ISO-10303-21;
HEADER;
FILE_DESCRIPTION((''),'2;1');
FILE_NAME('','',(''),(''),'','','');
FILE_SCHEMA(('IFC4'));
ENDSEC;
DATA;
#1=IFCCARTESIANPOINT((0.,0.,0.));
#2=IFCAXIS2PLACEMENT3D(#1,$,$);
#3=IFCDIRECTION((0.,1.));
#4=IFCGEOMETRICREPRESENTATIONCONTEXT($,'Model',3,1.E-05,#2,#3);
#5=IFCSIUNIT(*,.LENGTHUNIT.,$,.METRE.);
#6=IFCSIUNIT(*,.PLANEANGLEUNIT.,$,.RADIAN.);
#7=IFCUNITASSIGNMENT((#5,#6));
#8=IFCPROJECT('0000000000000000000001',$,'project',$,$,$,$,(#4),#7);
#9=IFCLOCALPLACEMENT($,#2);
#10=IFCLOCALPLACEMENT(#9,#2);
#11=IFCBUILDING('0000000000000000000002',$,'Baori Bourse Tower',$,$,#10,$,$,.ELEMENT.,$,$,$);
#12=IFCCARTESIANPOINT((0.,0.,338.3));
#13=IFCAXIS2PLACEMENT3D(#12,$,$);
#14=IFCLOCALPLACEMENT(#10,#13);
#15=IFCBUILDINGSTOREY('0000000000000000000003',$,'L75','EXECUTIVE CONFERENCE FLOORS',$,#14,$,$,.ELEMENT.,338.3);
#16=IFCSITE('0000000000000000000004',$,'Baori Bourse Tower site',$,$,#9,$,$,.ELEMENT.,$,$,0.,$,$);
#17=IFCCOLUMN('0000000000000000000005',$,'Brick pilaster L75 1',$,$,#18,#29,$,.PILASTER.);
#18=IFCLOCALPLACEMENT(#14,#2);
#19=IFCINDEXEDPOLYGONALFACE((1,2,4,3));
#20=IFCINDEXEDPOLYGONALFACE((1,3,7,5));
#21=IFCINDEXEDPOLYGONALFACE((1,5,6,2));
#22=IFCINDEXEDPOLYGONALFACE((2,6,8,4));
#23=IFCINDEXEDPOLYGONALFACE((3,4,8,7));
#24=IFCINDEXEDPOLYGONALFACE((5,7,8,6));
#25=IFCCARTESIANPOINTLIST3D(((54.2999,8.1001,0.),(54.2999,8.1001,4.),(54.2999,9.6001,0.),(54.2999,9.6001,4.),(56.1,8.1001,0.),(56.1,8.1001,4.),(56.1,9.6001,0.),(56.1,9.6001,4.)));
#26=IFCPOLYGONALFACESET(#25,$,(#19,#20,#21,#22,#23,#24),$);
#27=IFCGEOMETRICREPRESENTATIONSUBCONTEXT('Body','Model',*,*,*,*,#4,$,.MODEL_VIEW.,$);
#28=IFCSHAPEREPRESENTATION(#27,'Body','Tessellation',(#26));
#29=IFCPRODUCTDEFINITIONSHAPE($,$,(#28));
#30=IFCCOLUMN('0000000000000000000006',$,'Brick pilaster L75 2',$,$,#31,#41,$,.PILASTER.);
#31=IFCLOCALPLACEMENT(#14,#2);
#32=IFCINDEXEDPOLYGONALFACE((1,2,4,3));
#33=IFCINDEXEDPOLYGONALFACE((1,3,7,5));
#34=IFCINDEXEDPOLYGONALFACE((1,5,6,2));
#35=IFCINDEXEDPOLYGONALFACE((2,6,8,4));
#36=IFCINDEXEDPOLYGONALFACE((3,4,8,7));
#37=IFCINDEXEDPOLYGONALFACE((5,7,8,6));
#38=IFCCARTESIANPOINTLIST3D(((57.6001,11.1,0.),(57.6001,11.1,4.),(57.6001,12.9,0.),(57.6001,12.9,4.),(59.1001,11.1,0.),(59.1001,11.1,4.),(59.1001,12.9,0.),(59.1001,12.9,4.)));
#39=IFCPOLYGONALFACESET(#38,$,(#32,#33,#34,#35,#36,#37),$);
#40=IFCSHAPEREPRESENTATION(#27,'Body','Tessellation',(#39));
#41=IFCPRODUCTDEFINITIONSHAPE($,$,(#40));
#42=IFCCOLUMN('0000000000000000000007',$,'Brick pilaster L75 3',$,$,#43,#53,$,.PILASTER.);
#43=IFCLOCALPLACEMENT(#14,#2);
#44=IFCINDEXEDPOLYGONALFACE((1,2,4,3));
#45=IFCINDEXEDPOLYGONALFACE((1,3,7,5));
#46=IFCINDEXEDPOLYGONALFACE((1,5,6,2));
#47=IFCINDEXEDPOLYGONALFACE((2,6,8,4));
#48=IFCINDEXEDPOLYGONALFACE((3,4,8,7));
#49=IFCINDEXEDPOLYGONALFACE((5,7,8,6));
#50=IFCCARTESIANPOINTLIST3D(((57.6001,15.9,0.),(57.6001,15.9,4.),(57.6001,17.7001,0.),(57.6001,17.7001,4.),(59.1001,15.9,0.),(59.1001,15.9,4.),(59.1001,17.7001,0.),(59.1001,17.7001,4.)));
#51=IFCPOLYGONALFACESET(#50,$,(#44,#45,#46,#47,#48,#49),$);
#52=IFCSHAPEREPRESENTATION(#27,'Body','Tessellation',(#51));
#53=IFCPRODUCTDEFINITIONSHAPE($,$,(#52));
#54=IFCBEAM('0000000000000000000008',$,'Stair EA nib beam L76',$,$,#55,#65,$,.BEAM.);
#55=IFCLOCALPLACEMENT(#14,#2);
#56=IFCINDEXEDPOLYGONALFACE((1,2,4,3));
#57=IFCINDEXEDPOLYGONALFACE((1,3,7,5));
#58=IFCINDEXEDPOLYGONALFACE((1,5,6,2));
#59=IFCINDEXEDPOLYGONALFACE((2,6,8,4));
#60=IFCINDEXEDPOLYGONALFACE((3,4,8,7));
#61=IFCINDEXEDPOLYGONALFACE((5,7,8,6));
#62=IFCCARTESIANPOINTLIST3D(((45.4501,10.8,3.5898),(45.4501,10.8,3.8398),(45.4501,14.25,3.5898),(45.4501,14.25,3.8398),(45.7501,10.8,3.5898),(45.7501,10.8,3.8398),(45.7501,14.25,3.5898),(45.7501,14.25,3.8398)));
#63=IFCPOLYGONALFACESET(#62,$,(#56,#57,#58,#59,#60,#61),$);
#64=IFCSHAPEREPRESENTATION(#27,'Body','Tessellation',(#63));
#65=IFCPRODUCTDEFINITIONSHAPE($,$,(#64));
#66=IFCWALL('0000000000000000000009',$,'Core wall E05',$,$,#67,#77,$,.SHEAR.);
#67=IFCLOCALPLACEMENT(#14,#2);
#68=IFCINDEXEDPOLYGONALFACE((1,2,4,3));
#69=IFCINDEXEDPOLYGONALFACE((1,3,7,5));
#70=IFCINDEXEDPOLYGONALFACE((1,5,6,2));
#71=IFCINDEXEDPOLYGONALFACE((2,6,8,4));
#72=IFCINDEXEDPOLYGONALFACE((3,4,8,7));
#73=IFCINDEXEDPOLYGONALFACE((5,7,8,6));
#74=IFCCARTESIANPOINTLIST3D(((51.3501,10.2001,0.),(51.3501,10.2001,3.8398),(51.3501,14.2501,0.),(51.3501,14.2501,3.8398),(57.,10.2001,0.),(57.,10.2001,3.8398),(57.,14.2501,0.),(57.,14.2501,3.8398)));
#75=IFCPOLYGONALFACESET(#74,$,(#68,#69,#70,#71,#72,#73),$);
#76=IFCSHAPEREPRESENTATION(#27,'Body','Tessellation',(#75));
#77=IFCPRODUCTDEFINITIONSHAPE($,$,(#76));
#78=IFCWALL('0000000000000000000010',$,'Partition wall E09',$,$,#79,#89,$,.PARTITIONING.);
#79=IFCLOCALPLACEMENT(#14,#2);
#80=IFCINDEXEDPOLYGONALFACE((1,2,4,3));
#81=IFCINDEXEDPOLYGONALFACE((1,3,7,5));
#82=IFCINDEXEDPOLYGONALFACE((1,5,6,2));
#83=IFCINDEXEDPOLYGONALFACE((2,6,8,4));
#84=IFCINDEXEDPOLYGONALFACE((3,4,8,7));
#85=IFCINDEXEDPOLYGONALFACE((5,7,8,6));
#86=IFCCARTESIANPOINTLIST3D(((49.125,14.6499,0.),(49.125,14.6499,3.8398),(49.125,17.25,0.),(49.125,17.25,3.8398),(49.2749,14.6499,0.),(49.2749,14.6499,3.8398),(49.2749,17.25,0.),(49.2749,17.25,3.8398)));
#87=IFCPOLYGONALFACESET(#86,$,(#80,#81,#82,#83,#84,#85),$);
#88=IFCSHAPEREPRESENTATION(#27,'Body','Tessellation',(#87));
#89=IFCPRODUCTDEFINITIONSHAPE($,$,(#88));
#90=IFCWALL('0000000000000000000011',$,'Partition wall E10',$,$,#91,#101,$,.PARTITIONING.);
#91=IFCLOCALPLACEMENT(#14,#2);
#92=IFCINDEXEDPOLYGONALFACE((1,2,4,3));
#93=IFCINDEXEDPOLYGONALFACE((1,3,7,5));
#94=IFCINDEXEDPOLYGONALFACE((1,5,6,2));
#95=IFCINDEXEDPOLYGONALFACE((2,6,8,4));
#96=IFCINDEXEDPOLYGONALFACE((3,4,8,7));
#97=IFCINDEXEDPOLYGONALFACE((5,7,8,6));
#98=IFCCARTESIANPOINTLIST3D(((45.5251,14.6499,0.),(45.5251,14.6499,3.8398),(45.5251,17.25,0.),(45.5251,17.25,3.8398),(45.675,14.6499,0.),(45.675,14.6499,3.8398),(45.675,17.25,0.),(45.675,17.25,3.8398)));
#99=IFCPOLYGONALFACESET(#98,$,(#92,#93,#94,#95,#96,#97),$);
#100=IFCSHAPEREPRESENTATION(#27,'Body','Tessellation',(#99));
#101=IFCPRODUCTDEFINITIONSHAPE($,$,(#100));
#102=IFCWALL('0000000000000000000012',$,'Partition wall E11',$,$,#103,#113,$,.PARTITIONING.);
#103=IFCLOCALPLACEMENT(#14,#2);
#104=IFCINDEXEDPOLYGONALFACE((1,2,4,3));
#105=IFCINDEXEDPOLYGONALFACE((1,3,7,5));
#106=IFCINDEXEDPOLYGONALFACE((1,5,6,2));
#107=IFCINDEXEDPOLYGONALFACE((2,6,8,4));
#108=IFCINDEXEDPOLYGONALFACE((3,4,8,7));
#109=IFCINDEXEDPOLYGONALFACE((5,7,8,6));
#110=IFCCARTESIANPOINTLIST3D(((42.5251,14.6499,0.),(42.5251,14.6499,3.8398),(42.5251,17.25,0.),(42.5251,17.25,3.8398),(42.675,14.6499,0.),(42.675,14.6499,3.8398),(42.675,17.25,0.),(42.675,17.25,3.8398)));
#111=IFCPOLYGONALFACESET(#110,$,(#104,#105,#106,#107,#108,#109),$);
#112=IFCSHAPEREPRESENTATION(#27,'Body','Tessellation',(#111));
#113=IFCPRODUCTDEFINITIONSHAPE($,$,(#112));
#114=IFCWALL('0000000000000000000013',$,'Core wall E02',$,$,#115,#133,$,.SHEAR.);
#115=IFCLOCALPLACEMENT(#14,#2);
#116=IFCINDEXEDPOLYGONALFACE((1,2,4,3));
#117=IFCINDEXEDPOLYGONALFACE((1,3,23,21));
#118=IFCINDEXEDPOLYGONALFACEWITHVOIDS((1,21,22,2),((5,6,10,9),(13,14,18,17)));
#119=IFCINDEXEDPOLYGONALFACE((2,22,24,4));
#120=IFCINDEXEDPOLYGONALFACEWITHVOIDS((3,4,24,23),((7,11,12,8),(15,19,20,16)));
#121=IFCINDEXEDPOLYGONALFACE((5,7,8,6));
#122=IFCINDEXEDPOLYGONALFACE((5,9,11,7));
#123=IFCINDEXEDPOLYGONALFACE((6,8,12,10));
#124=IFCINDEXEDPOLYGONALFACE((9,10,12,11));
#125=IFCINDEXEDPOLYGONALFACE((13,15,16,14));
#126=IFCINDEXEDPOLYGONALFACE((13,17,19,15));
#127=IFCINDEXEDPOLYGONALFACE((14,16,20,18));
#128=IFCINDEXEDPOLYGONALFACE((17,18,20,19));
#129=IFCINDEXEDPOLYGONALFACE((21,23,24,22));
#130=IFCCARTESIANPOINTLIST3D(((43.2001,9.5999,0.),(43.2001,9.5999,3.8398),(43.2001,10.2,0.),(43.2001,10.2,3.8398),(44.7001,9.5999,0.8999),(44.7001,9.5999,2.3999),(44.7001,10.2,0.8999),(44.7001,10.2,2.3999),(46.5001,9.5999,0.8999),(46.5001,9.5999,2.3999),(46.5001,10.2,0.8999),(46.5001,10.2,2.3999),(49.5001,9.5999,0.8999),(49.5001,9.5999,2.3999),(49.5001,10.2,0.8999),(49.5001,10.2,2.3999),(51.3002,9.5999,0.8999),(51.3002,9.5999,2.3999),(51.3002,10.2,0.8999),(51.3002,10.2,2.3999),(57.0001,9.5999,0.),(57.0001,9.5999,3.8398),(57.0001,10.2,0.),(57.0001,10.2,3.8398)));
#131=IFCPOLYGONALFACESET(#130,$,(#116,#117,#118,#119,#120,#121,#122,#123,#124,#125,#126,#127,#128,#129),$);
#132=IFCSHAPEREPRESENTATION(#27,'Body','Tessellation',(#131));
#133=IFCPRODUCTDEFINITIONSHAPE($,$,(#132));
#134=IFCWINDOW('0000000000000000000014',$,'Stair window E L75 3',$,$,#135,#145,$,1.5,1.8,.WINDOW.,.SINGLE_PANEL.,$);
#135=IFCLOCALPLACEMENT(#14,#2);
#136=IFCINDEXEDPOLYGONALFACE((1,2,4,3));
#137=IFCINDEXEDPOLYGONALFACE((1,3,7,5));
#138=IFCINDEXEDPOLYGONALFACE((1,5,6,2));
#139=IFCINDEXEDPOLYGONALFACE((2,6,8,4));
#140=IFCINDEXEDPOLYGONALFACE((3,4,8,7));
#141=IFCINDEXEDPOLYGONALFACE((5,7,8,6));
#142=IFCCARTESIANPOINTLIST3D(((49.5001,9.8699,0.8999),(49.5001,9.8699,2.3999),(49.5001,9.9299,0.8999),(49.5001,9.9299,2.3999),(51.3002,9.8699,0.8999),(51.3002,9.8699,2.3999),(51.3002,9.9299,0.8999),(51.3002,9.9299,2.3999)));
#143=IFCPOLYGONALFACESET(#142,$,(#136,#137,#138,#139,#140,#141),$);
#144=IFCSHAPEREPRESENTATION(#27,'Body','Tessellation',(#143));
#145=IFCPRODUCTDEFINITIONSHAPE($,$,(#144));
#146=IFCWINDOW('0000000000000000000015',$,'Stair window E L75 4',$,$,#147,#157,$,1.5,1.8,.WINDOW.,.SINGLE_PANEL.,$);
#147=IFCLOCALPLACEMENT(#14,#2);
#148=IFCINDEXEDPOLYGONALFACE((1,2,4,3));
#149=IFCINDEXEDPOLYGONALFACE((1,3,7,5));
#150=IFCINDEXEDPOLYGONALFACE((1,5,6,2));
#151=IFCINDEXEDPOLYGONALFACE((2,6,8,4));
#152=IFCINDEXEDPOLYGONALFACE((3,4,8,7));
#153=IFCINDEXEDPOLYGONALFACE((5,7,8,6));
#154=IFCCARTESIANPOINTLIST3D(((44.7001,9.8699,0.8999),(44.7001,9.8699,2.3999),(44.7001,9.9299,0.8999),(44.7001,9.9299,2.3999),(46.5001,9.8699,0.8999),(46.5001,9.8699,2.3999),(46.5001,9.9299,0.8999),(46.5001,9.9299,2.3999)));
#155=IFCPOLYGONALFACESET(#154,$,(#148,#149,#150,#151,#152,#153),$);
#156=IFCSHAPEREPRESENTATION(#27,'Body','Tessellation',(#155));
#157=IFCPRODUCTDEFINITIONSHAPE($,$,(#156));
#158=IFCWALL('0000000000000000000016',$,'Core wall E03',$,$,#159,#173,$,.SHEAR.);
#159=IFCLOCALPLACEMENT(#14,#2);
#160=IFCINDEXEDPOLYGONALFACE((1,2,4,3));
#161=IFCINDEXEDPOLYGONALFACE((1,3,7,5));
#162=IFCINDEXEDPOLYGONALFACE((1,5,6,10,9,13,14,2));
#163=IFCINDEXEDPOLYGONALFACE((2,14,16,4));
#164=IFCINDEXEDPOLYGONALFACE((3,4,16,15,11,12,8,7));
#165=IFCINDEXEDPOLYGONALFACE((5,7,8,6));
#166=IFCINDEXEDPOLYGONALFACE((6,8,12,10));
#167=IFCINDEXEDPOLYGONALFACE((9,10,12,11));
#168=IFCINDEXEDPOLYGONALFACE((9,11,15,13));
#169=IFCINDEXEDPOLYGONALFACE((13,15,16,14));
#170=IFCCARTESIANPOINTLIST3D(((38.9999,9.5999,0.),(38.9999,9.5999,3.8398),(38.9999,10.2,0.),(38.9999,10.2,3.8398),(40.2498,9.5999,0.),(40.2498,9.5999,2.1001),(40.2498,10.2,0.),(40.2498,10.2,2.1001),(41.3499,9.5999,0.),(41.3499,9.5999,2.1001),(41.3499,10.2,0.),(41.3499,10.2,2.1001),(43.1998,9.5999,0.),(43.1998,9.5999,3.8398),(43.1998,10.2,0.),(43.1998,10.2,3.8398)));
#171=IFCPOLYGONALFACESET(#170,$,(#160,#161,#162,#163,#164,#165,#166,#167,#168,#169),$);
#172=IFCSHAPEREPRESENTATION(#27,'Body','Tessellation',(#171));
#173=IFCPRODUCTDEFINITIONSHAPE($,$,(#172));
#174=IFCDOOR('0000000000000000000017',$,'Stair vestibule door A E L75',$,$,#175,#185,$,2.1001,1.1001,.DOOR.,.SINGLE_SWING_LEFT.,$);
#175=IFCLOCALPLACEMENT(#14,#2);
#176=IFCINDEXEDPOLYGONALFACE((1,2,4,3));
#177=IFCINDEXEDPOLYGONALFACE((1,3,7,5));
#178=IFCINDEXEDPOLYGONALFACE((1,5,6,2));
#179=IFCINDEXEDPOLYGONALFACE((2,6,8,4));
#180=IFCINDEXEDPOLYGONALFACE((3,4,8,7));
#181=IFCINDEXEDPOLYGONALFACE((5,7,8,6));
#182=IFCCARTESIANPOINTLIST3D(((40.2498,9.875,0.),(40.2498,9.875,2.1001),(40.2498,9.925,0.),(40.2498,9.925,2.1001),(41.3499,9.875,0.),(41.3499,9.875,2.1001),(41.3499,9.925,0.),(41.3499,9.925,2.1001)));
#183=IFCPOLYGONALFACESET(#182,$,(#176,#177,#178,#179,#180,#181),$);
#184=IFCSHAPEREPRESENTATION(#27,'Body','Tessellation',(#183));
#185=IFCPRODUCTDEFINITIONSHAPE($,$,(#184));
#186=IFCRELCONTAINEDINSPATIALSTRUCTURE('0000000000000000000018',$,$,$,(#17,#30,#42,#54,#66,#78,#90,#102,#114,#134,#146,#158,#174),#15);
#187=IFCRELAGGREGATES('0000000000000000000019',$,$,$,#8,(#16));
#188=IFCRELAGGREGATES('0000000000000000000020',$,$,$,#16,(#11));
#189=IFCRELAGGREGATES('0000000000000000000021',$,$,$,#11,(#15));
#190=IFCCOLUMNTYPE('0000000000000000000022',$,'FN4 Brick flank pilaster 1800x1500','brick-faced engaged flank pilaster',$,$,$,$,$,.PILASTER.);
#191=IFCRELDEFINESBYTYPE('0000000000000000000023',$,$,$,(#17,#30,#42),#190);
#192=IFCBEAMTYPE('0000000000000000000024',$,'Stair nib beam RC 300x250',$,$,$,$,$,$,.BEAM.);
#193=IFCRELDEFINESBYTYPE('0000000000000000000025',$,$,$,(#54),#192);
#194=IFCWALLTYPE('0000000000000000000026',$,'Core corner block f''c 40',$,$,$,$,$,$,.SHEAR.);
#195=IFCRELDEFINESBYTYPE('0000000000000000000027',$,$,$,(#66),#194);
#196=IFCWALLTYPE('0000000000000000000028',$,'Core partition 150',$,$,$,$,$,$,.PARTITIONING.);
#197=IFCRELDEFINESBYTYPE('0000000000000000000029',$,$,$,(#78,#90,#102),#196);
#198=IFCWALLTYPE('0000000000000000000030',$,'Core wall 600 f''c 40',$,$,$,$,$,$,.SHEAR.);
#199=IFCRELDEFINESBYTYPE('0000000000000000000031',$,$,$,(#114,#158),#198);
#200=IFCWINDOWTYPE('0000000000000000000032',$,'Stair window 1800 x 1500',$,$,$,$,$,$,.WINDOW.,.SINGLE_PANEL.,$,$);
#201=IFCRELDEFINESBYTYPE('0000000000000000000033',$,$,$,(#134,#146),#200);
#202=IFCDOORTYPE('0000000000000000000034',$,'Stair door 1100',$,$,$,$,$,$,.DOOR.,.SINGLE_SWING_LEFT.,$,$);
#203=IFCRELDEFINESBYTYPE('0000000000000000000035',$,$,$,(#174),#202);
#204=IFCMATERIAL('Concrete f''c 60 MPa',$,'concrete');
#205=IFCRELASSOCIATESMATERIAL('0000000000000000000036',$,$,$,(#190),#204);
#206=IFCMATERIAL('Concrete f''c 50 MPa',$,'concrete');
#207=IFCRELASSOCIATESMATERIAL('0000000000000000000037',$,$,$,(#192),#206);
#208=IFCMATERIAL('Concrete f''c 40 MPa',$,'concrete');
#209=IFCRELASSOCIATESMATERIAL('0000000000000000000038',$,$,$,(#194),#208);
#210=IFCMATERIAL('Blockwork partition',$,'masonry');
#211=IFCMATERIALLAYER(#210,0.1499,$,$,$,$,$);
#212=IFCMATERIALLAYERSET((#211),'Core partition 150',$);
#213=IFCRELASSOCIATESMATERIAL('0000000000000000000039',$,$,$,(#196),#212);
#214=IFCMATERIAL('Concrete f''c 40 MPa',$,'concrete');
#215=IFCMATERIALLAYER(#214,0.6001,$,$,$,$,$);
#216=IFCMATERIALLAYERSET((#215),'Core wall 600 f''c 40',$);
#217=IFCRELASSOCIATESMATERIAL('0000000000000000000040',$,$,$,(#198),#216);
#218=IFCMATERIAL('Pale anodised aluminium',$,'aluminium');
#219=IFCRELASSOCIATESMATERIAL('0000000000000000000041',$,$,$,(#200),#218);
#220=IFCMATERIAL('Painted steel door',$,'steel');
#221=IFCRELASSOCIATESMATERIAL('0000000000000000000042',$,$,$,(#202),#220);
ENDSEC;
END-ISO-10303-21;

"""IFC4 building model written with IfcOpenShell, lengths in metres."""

from ifc_helpers import new_model, si_unit, direction, frame, frame_2d, origin, origin_2d, place, context, subcontext, project, spatial, rectangle, extrude, material, layer, layer_set, material_profile, profile_set, type_object, element, fill, save


model = new_model("IFC4")

# Units and contexts
model_context = context("Model", 3, precision=1e-05, world=origin(), true_north=direction((0.0, 1.0)))
body_context = subcontext(model_context, "Body", "Model", "MODEL_VIEW")
ifc_project = project(units=[si_unit("LENGTHUNIT", "METRE"), si_unit("PLANEANGLEUNIT", "RADIAN")], contexts=[model_context])

# Site, building, storey
site_placement = place(None, origin())
site = spatial("IfcSite", under=ifc_project, at=site_placement, Name="Baori Bourse Tower site", CompositionType="ELEMENT", RefElevation=0.0)
building_placement = place(site_placement, origin())
building = spatial("IfcBuilding", under=site, at=building_placement, Name="Baori Bourse Tower", CompositionType="ELEMENT")
storey_placement = place(building_placement, frame((0.0, 0.0, 338.3)))
storey = spatial("IfcBuildingStorey", under=building, at=storey_placement, Name="L75", Description="EXECUTIVE CONFERENCE FLOORS", CompositionType="ELEMENT", Elevation=338.3)

# Columns
ifc_material_1 = material(Name="Concrete f'c 60 MPa", Category="concrete")
ifc_material_profile_1 = material_profile(ifc_material_1, rectangle(XDim=1.8, YDim=1.5, at=origin_2d()), Name="RC 1800x1500")
ifc_profile_set_1 = profile_set([ifc_material_profile_1], Name="Concrete f'c 60 MPa")
column_type = type_object("IfcColumnType", Name="FN4 Brick flank pilaster 1800x1500", Description="brick-faced engaged flank pilaster", PredefinedType="PILASTER", material=ifc_profile_set_1)
for number, where, z_axis, x_axis, name in (
    (1, (55.2, 8.8501, 0.0), (0.0, 0.0, 1.0), (1.0, 0.0, 0.0), "Brick pilaster L75 1"),
    (2, (58.3501, 12.0, 0.0), (0.0, 0.0, 1.0), (0.0, 1.0, 0.0), "Brick pilaster L75 2"),
    (3, (58.3501, 16.8, 0.0), (0.0, 0.0, 1.0), (0.0, 1.0, 0.0), "Brick pilaster L75 3"),
):
    element("IfcColumn", number, at=place(storey_placement, frame(where, z_axis=z_axis, x_axis=x_axis)), inside=storey, type_object=column_type, Name=name, PredefinedType="PILASTER", context=body_context, shape_type="SweptSolid", body=[
        extrude(rectangle(XDim=1.8, YDim=1.5, at=origin_2d()), origin(), (0.0, 0.0, 1.0), 4.0),
    ])

# Beam
ifc_material_2 = material(Name="Concrete f'c 50 MPa", Category="concrete")
ifc_material_profile_2 = material_profile(ifc_material_2, rectangle(XDim=0.3, YDim=0.25, at=origin_2d()), Name="RC 300x250")
ifc_profile_set_2 = profile_set([ifc_material_profile_2], Name="Concrete f'c 50 MPa")
beam_type = type_object("IfcBeamType", Name="Stair nib beam RC 300x250", PredefinedType="BEAM", material=ifc_profile_set_2)
beam_placement = place(storey_placement, frame((45.6001, 10.8, 3.7148), z_axis=(0.0, 1.0, 0.0), x_axis=(-1.0, 0.0, 0.0)))
element("IfcBeam", 4, at=beam_placement, inside=storey, type_object=beam_type, Name="Stair EA nib beam L76", PredefinedType="BEAM", context=body_context, shape_type="SweptSolid", body=[
    extrude(rectangle(XDim=0.3, YDim=0.25, at=origin_2d()), origin(), (0.0, 0.0, 1.0), 3.45),
])

# Walls
ifc_material_3 = material(Name="Concrete f'c 40 MPa", Category="concrete")
wall_type_1 = type_object("IfcWallType", Name="Core corner block f'c 40", PredefinedType="SHEAR", material=ifc_material_3)
wall_1_placement = place(storey_placement, frame((51.3501, 12.2251, 0.0), z_axis=(0.0, 0.0, 1.0), x_axis=(1.0, 0.0, 0.0)))
element("IfcWall", 5, at=wall_1_placement, inside=storey, type_object=wall_type_1, Name="Core wall E05", PredefinedType="SHEAR", context=body_context, shape_type="SweptSolid", body=[
    extrude(rectangle(XDim=5.6499, YDim=4.05, at=frame_2d((2.825, 0.0))), origin(), (0.0, 0.0, 1.0), 3.8398),
])
ifc_material_4 = material(Name="Blockwork partition", Category="masonry")
ifc_layer_1 = layer(ifc_material_4, 0.1499)
ifc_layer_set_1 = layer_set([ifc_layer_1], Name="Core partition 150")
wall_type_2 = type_object("IfcWallType", Name="Core partition 150", PredefinedType="PARTITIONING", material=ifc_layer_set_1)
for number, where, z_axis, x_axis, name in (
    (6, (49.2, 14.6499, 0.0), (0.0, 0.0, 1.0), (0.0, 1.0, 0.0), "Partition wall E09"),
    (7, (45.6001, 14.6499, 0.0), (0.0, 0.0, 1.0), (0.0, 1.0, 0.0), "Partition wall E10"),
    (8, (42.6001, 14.6499, 0.0), (0.0, 0.0, 1.0), (0.0, 1.0, 0.0), "Partition wall E11"),
):
    element("IfcWall", number, at=place(storey_placement, frame(where, z_axis=z_axis, x_axis=x_axis)), inside=storey, type_object=wall_type_2, Name=name, PredefinedType="PARTITIONING", context=body_context, shape_type="SweptSolid", body=[
        extrude(rectangle(XDim=2.6001, YDim=0.1499, at=frame_2d((1.3, 0.0))), origin(), (0.0, 0.0, 1.0), 3.8398),
    ])

# Wall, openings, windows
ifc_material_5 = material(Name="Concrete f'c 40 MPa", Category="concrete")
ifc_layer_2 = layer(ifc_material_5, 0.6001)
ifc_layer_set_2 = layer_set([ifc_layer_2], Name="Core wall 600 f'c 40")
wall_type_3 = type_object("IfcWallType", Name="Core wall 600 f'c 40", PredefinedType="SHEAR", material=ifc_layer_set_2)
wall_2_placement = place(storey_placement, frame((57.0, 9.8999, 0.0), z_axis=(0.0, 0.0, 1.0), x_axis=(-1.0, 0.0, 0.0)))
wall_2 = element("IfcWall", 9, at=wall_2_placement, inside=storey, type_object=wall_type_3, Name="Core wall E02", PredefinedType="SHEAR", context=body_context, shape_type="SweptSolid", body=[
    extrude(rectangle(XDim=13.8, YDim=0.6001, at=frame_2d((6.8999, 0.0))), origin(), (0.0, 0.0, 1.0), 3.8398),
])
opening_1_placement = place(wall_2_placement, frame((5.7, 0.0, 0.8999)))
opening_1 = element("IfcOpeningElement", 10, at=opening_1_placement, cuts=wall_2, PredefinedType="OPENING", context=body_context, shape_type="SweptSolid", body=[
    extrude(rectangle(XDim=1.8, YDim=1.5, at=frame_2d((0.8999, 0.75))), frame((0.0, 0.3101, 0.0), z_axis=(0.0, -1.0, 0.0), x_axis=(1.0, 0.0, 0.0)), (0.0, 0.0, 1.0), 0.6201),
])
opening_2_placement = place(wall_2_placement, frame((10.5, 0.0, 0.8999)))
opening_2 = element("IfcOpeningElement", 11, at=opening_2_placement, cuts=wall_2, PredefinedType="OPENING", context=body_context, shape_type="SweptSolid", body=[
    extrude(rectangle(XDim=1.8, YDim=1.5, at=frame_2d((0.8999, 0.75))), frame((0.0, 0.3101, 0.0), z_axis=(0.0, -1.0, 0.0), x_axis=(1.0, 0.0, 0.0)), (0.0, 0.0, 1.0), 0.6201),
])
ifc_material_6 = material(Name="Pale anodised aluminium", Category="aluminium")
window_type = type_object("IfcWindowType", Name="Stair window 1800 x 1500", PartitioningType="SINGLE_PANEL", PredefinedType="WINDOW", material=ifc_material_6)
window_1_placement = place(opening_1_placement, origin())
window_1 = element("IfcWindow", 12, at=window_1_placement, inside=storey, type_object=window_type, Name="Stair window E L75 3", OverallHeight=1.5, OverallWidth=1.8, PartitioningType="SINGLE_PANEL", PredefinedType="WINDOW", context=body_context, shape_type="SweptSolid", body=[
    extrude(rectangle(XDim=1.8, YDim=1.5, at=frame_2d((0.8999, 0.75))), frame((0.0, 0.03, 0.0), z_axis=(0.0, -1.0, 0.0), x_axis=(1.0, 0.0, 0.0)), (0.0, 0.0, 1.0), 0.0601),
])
fill(opening_1, window_1)
window_2_placement = place(opening_2_placement, origin())
window_2 = element("IfcWindow", 13, at=window_2_placement, inside=storey, type_object=window_type, Name="Stair window E L75 4", OverallHeight=1.5, OverallWidth=1.8, PartitioningType="SINGLE_PANEL", PredefinedType="WINDOW", context=body_context, shape_type="SweptSolid", body=[
    extrude(rectangle(XDim=1.8, YDim=1.5, at=frame_2d((0.8999, 0.75))), frame((0.0, 0.03, 0.0), z_axis=(0.0, -1.0, 0.0), x_axis=(1.0, 0.0, 0.0)), (0.0, 0.0, 1.0), 0.0601),
])
fill(opening_2, window_2)

# Wall, opening, door
wall_3_placement = place(storey_placement, frame((43.2, 9.8999, 0.0), z_axis=(0.0, 0.0, 1.0), x_axis=(-1.0, 0.0, 0.0)))
wall_3 = element("IfcWall", 14, at=wall_3_placement, inside=storey, type_object=wall_type_3, Name="Core wall E03", PredefinedType="SHEAR", context=body_context, shape_type="SweptSolid", body=[
    extrude(rectangle(XDim=4.2, YDim=0.6001, at=frame_2d((2.1001, 0.0))), origin(), (0.0, 0.0, 1.0), 3.8398),
])
opening_3_placement = place(wall_3_placement, frame((1.8501, 0.0, 0.0)))
opening_3 = element("IfcOpeningElement", 15, at=opening_3_placement, cuts=wall_3, PredefinedType="OPENING", context=body_context, shape_type="SweptSolid", body=[
    extrude(rectangle(XDim=1.1001, YDim=2.1001, at=frame_2d((0.55, 1.05))), frame((0.0, 0.3101, 0.0), z_axis=(0.0, -1.0, 0.0), x_axis=(1.0, 0.0, 0.0)), (0.0, 0.0, 1.0), 0.6201),
])
ifc_material_7 = material(Name="Painted steel door", Category="steel")
door_type_1 = type_object("IfcDoorType", Name="Stair door 1100", OperationType="SINGLE_SWING_LEFT", PredefinedType="DOOR", material=ifc_material_7)
door_1_placement = place(opening_3_placement, origin())
door_1 = element("IfcDoor", 16, at=door_1_placement, inside=storey, type_object=door_type_1, Name="Stair vestibule door A E L75", OperationType="SINGLE_SWING_LEFT", OverallHeight=2.1001, OverallWidth=1.1001, PredefinedType="DOOR", context=body_context, shape_type="SweptSolid", body=[
    extrude(rectangle(XDim=1.1001, YDim=2.1001, at=frame_2d((0.55, 1.05))), frame((0.0, 0.0249, 0.0), z_axis=(0.0, -1.0, 0.0), x_axis=(1.0, 0.0, 0.0)), (0.0, 0.0, 1.0), 0.05),
])
fill(opening_3, door_1)

save(model, "model.ifc")
